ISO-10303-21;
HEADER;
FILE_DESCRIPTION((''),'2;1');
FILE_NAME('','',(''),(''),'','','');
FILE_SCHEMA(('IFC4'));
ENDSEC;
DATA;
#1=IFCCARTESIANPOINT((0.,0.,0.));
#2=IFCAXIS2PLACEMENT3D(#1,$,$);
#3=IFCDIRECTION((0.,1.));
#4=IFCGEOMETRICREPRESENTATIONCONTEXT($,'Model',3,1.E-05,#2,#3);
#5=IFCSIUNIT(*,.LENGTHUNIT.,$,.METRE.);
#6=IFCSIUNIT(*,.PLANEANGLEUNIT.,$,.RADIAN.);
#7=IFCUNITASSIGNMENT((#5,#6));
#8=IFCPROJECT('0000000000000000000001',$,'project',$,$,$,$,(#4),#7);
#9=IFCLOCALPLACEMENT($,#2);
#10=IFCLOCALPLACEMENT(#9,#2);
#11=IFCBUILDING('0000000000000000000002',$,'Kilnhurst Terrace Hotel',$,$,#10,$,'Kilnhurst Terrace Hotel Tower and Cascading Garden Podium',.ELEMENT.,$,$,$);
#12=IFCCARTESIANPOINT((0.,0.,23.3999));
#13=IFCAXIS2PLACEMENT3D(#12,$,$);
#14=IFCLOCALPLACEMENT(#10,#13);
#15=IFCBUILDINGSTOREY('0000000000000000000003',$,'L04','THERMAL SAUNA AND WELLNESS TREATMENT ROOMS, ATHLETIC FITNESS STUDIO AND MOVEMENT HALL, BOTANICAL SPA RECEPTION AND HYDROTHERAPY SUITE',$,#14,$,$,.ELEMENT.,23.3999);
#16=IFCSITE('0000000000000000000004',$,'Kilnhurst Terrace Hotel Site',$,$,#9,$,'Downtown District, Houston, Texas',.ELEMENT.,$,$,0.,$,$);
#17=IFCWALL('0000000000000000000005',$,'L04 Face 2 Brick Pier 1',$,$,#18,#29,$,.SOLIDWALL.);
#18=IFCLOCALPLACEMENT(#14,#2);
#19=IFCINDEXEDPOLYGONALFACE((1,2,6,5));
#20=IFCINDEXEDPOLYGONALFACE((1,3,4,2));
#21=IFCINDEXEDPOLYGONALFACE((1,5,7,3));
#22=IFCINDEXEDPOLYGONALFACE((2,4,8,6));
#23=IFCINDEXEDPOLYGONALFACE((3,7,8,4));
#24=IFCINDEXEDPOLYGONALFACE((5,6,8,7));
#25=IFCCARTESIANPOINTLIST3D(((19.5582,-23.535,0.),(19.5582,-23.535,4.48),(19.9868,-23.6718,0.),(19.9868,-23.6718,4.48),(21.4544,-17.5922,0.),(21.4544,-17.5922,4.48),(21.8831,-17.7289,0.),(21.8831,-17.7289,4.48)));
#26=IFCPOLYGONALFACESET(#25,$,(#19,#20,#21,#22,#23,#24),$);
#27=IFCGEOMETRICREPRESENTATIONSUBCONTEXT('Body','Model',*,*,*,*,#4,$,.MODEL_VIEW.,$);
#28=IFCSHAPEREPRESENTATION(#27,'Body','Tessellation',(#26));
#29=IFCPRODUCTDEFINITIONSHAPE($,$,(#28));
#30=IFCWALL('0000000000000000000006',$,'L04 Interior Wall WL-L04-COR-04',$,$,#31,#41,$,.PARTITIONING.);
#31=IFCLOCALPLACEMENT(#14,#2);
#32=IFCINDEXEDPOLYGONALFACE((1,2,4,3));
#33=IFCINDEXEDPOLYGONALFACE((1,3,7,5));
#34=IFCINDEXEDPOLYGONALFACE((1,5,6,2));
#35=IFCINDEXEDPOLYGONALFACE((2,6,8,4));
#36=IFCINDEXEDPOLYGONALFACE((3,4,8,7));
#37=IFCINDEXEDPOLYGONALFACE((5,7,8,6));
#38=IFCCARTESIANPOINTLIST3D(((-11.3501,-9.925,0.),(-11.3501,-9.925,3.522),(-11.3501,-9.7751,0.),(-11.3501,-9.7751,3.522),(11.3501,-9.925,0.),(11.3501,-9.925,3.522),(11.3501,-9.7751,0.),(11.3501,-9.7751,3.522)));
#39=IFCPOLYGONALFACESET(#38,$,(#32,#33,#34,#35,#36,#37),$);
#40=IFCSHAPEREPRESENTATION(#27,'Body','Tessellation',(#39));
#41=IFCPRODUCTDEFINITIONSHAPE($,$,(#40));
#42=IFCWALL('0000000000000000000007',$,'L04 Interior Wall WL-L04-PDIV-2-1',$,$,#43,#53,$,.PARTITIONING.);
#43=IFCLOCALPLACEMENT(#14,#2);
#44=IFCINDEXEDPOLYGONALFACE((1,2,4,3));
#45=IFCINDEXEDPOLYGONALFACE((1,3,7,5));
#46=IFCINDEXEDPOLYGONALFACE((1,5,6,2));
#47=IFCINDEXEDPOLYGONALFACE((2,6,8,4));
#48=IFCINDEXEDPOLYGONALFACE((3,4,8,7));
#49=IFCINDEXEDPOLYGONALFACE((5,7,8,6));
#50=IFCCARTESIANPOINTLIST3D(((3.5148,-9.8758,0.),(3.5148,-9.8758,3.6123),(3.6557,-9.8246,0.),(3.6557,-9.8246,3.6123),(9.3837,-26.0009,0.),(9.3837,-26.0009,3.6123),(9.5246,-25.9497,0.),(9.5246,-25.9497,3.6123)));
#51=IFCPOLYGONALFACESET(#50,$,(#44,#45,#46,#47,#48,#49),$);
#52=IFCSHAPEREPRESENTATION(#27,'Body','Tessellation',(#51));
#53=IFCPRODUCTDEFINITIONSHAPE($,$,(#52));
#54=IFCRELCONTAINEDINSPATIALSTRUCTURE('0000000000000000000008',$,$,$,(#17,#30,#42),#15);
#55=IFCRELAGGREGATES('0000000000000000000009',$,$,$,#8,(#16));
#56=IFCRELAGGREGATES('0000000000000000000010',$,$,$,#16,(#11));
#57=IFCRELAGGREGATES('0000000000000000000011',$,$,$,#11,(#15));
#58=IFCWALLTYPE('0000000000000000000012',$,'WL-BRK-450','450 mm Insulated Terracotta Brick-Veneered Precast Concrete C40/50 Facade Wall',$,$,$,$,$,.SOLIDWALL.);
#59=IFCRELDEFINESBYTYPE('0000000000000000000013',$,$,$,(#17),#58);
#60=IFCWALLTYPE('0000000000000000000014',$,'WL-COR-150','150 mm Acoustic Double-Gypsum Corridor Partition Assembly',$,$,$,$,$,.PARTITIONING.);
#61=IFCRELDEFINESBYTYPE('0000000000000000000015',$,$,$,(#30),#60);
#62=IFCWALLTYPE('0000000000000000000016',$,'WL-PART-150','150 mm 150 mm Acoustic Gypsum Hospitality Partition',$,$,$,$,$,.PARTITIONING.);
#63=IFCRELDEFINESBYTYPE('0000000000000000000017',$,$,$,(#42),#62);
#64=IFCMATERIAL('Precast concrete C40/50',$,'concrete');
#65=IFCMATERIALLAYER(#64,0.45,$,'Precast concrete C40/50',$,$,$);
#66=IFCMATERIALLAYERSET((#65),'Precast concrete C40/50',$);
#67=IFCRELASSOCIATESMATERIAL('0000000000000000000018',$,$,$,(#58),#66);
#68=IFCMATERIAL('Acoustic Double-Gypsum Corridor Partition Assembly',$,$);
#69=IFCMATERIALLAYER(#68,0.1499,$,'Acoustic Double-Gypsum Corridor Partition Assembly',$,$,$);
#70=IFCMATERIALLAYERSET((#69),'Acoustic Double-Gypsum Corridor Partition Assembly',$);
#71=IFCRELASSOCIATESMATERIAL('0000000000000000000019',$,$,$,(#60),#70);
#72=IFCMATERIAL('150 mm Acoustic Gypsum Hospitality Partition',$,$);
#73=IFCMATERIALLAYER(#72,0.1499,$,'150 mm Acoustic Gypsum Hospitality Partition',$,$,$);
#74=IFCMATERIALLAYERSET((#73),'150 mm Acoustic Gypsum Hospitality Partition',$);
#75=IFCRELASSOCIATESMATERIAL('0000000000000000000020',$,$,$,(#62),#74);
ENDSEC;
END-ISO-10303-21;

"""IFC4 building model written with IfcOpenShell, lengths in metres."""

from ifc_helpers import new_model, si_unit, direction, frame, frame_2d, origin, place, context, subcontext, project, spatial, rectangle, extrude, material, layer, layer_set, type_object, element, save


model = new_model("IFC4")

# Units and contexts
model_context = context("Model", 3, precision=1e-05, world=origin(), true_north=direction((0.0, 1.0)))
body_context = subcontext(model_context, "Body", "Model", "MODEL_VIEW")
ifc_project = project(units=[si_unit("LENGTHUNIT", "METRE"), si_unit("PLANEANGLEUNIT", "RADIAN")], contexts=[model_context])

# Site, building, storey
site_placement = place(None, origin())
site = spatial("IfcSite", under=ifc_project, at=site_placement, Name="Kilnhurst Terrace Hotel Site", LongName="Downtown District, Houston, Texas", CompositionType="ELEMENT", RefElevation=0.0)
building_placement = place(site_placement, origin())
building = spatial("IfcBuilding", under=site, at=building_placement, Name="Kilnhurst Terrace Hotel", LongName="Kilnhurst Terrace Hotel Tower and Cascading Garden Podium", CompositionType="ELEMENT")
storey_placement = place(building_placement, frame((0.0, 0.0, 23.3999)))
storey = spatial("IfcBuildingStorey", under=building, at=storey_placement, Name="L04", Description="THERMAL SAUNA AND WELLNESS TREATMENT ROOMS, ATHLETIC FITNESS STUDIO AND MOVEMENT HALL, BOTANICAL SPA RECEPTION AND HYDROTHERAPY SUITE", CompositionType="ELEMENT", Elevation=23.3999)

# Walls
ifc_material_1 = material(Name="Precast concrete C40/50", Category="concrete")
ifc_layer_1 = layer(ifc_material_1, 0.45, Name="Precast concrete C40/50")
ifc_layer_set_1 = layer_set([ifc_layer_1], Name="Precast concrete C40/50")
wall_type_1 = type_object("IfcWallType", Name="WL-BRK-450", Description="450 mm Insulated Terracotta Brick-Veneered Precast Concrete C40/50 Facade Wall", PredefinedType="SOLIDWALL", material=ifc_layer_set_1)
wall_1_placement = place(storey_placement, frame((19.7725, -23.6035, 0.0), z_axis=(0.0, 0.0, 1.0), x_axis=(0.303979, 0.952679, 0.0)))
element("IfcWall", 1, at=wall_1_placement, inside=storey, type_object=wall_type_1, Name="L04 Face 2 Brick Pier 1", PredefinedType="SOLIDWALL", context=body_context, shape_type="SweptSolid", body=[
    extrude(rectangle(XDim=6.238, YDim=0.45, at=frame_2d((3.1191, 0.0))), origin(), (0.0, 0.0, 1.0), 4.48),
])
ifc_material_2 = material(Name="Acoustic Double-Gypsum Corridor Partition Assembly")
ifc_layer_2 = layer(ifc_material_2, 0.1499, Name="Acoustic Double-Gypsum Corridor Partition Assembly")
ifc_layer_set_2 = layer_set([ifc_layer_2], Name="Acoustic Double-Gypsum Corridor Partition Assembly")
wall_type_2 = type_object("IfcWallType", Name="WL-COR-150", Description="150 mm Acoustic Double-Gypsum Corridor Partition Assembly", PredefinedType="PARTITIONING", material=ifc_layer_set_2)
wall_2_placement = place(storey_placement, frame((11.3501, -9.8501, 0.0), z_axis=(0.0, 0.0, 1.0), x_axis=(-1.0, 0.0, 0.0)))
element("IfcWall", 2, at=wall_2_placement, inside=storey, type_object=wall_type_2, Name="L04 Interior Wall WL-L04-COR-04", PredefinedType="PARTITIONING", context=body_context, shape_type="SweptSolid", body=[
    extrude(rectangle(XDim=22.7002, YDim=0.1499, at=frame_2d((11.3501, 0.0))), origin(), (0.0, 0.0, 1.0), 3.522),
])
ifc_material_3 = material(Name="150 mm Acoustic Gypsum Hospitality Partition")
ifc_layer_3 = layer(ifc_material_3, 0.1499, Name="150 mm Acoustic Gypsum Hospitality Partition")
ifc_layer_set_3 = layer_set([ifc_layer_3], Name="150 mm Acoustic Gypsum Hospitality Partition")
wall_type_3 = type_object("IfcWallType", Name="WL-PART-150", Description="150 mm 150 mm Acoustic Gypsum Hospitality Partition", PredefinedType="PARTITIONING", material=ifc_layer_set_3)
wall_3_placement = place(storey_placement, frame((3.5852, -9.8501, 0.0), z_axis=(0.0, 0.0, 1.0), x_axis=(0.342014, -0.939695, 0.0)))
element("IfcWall", 3, at=wall_3_placement, inside=storey, type_object=wall_type_3, Name="L04 Interior Wall WL-L04-PDIV-2-1", PredefinedType="PARTITIONING", context=body_context, shape_type="SweptSolid", body=[
    extrude(rectangle(XDim=17.1599, YDim=0.1499, at=frame_2d((8.5801, 0.0))), origin(), (0.0, 0.0, 1.0), 3.6123),
])

save(model, "model.ifc")
